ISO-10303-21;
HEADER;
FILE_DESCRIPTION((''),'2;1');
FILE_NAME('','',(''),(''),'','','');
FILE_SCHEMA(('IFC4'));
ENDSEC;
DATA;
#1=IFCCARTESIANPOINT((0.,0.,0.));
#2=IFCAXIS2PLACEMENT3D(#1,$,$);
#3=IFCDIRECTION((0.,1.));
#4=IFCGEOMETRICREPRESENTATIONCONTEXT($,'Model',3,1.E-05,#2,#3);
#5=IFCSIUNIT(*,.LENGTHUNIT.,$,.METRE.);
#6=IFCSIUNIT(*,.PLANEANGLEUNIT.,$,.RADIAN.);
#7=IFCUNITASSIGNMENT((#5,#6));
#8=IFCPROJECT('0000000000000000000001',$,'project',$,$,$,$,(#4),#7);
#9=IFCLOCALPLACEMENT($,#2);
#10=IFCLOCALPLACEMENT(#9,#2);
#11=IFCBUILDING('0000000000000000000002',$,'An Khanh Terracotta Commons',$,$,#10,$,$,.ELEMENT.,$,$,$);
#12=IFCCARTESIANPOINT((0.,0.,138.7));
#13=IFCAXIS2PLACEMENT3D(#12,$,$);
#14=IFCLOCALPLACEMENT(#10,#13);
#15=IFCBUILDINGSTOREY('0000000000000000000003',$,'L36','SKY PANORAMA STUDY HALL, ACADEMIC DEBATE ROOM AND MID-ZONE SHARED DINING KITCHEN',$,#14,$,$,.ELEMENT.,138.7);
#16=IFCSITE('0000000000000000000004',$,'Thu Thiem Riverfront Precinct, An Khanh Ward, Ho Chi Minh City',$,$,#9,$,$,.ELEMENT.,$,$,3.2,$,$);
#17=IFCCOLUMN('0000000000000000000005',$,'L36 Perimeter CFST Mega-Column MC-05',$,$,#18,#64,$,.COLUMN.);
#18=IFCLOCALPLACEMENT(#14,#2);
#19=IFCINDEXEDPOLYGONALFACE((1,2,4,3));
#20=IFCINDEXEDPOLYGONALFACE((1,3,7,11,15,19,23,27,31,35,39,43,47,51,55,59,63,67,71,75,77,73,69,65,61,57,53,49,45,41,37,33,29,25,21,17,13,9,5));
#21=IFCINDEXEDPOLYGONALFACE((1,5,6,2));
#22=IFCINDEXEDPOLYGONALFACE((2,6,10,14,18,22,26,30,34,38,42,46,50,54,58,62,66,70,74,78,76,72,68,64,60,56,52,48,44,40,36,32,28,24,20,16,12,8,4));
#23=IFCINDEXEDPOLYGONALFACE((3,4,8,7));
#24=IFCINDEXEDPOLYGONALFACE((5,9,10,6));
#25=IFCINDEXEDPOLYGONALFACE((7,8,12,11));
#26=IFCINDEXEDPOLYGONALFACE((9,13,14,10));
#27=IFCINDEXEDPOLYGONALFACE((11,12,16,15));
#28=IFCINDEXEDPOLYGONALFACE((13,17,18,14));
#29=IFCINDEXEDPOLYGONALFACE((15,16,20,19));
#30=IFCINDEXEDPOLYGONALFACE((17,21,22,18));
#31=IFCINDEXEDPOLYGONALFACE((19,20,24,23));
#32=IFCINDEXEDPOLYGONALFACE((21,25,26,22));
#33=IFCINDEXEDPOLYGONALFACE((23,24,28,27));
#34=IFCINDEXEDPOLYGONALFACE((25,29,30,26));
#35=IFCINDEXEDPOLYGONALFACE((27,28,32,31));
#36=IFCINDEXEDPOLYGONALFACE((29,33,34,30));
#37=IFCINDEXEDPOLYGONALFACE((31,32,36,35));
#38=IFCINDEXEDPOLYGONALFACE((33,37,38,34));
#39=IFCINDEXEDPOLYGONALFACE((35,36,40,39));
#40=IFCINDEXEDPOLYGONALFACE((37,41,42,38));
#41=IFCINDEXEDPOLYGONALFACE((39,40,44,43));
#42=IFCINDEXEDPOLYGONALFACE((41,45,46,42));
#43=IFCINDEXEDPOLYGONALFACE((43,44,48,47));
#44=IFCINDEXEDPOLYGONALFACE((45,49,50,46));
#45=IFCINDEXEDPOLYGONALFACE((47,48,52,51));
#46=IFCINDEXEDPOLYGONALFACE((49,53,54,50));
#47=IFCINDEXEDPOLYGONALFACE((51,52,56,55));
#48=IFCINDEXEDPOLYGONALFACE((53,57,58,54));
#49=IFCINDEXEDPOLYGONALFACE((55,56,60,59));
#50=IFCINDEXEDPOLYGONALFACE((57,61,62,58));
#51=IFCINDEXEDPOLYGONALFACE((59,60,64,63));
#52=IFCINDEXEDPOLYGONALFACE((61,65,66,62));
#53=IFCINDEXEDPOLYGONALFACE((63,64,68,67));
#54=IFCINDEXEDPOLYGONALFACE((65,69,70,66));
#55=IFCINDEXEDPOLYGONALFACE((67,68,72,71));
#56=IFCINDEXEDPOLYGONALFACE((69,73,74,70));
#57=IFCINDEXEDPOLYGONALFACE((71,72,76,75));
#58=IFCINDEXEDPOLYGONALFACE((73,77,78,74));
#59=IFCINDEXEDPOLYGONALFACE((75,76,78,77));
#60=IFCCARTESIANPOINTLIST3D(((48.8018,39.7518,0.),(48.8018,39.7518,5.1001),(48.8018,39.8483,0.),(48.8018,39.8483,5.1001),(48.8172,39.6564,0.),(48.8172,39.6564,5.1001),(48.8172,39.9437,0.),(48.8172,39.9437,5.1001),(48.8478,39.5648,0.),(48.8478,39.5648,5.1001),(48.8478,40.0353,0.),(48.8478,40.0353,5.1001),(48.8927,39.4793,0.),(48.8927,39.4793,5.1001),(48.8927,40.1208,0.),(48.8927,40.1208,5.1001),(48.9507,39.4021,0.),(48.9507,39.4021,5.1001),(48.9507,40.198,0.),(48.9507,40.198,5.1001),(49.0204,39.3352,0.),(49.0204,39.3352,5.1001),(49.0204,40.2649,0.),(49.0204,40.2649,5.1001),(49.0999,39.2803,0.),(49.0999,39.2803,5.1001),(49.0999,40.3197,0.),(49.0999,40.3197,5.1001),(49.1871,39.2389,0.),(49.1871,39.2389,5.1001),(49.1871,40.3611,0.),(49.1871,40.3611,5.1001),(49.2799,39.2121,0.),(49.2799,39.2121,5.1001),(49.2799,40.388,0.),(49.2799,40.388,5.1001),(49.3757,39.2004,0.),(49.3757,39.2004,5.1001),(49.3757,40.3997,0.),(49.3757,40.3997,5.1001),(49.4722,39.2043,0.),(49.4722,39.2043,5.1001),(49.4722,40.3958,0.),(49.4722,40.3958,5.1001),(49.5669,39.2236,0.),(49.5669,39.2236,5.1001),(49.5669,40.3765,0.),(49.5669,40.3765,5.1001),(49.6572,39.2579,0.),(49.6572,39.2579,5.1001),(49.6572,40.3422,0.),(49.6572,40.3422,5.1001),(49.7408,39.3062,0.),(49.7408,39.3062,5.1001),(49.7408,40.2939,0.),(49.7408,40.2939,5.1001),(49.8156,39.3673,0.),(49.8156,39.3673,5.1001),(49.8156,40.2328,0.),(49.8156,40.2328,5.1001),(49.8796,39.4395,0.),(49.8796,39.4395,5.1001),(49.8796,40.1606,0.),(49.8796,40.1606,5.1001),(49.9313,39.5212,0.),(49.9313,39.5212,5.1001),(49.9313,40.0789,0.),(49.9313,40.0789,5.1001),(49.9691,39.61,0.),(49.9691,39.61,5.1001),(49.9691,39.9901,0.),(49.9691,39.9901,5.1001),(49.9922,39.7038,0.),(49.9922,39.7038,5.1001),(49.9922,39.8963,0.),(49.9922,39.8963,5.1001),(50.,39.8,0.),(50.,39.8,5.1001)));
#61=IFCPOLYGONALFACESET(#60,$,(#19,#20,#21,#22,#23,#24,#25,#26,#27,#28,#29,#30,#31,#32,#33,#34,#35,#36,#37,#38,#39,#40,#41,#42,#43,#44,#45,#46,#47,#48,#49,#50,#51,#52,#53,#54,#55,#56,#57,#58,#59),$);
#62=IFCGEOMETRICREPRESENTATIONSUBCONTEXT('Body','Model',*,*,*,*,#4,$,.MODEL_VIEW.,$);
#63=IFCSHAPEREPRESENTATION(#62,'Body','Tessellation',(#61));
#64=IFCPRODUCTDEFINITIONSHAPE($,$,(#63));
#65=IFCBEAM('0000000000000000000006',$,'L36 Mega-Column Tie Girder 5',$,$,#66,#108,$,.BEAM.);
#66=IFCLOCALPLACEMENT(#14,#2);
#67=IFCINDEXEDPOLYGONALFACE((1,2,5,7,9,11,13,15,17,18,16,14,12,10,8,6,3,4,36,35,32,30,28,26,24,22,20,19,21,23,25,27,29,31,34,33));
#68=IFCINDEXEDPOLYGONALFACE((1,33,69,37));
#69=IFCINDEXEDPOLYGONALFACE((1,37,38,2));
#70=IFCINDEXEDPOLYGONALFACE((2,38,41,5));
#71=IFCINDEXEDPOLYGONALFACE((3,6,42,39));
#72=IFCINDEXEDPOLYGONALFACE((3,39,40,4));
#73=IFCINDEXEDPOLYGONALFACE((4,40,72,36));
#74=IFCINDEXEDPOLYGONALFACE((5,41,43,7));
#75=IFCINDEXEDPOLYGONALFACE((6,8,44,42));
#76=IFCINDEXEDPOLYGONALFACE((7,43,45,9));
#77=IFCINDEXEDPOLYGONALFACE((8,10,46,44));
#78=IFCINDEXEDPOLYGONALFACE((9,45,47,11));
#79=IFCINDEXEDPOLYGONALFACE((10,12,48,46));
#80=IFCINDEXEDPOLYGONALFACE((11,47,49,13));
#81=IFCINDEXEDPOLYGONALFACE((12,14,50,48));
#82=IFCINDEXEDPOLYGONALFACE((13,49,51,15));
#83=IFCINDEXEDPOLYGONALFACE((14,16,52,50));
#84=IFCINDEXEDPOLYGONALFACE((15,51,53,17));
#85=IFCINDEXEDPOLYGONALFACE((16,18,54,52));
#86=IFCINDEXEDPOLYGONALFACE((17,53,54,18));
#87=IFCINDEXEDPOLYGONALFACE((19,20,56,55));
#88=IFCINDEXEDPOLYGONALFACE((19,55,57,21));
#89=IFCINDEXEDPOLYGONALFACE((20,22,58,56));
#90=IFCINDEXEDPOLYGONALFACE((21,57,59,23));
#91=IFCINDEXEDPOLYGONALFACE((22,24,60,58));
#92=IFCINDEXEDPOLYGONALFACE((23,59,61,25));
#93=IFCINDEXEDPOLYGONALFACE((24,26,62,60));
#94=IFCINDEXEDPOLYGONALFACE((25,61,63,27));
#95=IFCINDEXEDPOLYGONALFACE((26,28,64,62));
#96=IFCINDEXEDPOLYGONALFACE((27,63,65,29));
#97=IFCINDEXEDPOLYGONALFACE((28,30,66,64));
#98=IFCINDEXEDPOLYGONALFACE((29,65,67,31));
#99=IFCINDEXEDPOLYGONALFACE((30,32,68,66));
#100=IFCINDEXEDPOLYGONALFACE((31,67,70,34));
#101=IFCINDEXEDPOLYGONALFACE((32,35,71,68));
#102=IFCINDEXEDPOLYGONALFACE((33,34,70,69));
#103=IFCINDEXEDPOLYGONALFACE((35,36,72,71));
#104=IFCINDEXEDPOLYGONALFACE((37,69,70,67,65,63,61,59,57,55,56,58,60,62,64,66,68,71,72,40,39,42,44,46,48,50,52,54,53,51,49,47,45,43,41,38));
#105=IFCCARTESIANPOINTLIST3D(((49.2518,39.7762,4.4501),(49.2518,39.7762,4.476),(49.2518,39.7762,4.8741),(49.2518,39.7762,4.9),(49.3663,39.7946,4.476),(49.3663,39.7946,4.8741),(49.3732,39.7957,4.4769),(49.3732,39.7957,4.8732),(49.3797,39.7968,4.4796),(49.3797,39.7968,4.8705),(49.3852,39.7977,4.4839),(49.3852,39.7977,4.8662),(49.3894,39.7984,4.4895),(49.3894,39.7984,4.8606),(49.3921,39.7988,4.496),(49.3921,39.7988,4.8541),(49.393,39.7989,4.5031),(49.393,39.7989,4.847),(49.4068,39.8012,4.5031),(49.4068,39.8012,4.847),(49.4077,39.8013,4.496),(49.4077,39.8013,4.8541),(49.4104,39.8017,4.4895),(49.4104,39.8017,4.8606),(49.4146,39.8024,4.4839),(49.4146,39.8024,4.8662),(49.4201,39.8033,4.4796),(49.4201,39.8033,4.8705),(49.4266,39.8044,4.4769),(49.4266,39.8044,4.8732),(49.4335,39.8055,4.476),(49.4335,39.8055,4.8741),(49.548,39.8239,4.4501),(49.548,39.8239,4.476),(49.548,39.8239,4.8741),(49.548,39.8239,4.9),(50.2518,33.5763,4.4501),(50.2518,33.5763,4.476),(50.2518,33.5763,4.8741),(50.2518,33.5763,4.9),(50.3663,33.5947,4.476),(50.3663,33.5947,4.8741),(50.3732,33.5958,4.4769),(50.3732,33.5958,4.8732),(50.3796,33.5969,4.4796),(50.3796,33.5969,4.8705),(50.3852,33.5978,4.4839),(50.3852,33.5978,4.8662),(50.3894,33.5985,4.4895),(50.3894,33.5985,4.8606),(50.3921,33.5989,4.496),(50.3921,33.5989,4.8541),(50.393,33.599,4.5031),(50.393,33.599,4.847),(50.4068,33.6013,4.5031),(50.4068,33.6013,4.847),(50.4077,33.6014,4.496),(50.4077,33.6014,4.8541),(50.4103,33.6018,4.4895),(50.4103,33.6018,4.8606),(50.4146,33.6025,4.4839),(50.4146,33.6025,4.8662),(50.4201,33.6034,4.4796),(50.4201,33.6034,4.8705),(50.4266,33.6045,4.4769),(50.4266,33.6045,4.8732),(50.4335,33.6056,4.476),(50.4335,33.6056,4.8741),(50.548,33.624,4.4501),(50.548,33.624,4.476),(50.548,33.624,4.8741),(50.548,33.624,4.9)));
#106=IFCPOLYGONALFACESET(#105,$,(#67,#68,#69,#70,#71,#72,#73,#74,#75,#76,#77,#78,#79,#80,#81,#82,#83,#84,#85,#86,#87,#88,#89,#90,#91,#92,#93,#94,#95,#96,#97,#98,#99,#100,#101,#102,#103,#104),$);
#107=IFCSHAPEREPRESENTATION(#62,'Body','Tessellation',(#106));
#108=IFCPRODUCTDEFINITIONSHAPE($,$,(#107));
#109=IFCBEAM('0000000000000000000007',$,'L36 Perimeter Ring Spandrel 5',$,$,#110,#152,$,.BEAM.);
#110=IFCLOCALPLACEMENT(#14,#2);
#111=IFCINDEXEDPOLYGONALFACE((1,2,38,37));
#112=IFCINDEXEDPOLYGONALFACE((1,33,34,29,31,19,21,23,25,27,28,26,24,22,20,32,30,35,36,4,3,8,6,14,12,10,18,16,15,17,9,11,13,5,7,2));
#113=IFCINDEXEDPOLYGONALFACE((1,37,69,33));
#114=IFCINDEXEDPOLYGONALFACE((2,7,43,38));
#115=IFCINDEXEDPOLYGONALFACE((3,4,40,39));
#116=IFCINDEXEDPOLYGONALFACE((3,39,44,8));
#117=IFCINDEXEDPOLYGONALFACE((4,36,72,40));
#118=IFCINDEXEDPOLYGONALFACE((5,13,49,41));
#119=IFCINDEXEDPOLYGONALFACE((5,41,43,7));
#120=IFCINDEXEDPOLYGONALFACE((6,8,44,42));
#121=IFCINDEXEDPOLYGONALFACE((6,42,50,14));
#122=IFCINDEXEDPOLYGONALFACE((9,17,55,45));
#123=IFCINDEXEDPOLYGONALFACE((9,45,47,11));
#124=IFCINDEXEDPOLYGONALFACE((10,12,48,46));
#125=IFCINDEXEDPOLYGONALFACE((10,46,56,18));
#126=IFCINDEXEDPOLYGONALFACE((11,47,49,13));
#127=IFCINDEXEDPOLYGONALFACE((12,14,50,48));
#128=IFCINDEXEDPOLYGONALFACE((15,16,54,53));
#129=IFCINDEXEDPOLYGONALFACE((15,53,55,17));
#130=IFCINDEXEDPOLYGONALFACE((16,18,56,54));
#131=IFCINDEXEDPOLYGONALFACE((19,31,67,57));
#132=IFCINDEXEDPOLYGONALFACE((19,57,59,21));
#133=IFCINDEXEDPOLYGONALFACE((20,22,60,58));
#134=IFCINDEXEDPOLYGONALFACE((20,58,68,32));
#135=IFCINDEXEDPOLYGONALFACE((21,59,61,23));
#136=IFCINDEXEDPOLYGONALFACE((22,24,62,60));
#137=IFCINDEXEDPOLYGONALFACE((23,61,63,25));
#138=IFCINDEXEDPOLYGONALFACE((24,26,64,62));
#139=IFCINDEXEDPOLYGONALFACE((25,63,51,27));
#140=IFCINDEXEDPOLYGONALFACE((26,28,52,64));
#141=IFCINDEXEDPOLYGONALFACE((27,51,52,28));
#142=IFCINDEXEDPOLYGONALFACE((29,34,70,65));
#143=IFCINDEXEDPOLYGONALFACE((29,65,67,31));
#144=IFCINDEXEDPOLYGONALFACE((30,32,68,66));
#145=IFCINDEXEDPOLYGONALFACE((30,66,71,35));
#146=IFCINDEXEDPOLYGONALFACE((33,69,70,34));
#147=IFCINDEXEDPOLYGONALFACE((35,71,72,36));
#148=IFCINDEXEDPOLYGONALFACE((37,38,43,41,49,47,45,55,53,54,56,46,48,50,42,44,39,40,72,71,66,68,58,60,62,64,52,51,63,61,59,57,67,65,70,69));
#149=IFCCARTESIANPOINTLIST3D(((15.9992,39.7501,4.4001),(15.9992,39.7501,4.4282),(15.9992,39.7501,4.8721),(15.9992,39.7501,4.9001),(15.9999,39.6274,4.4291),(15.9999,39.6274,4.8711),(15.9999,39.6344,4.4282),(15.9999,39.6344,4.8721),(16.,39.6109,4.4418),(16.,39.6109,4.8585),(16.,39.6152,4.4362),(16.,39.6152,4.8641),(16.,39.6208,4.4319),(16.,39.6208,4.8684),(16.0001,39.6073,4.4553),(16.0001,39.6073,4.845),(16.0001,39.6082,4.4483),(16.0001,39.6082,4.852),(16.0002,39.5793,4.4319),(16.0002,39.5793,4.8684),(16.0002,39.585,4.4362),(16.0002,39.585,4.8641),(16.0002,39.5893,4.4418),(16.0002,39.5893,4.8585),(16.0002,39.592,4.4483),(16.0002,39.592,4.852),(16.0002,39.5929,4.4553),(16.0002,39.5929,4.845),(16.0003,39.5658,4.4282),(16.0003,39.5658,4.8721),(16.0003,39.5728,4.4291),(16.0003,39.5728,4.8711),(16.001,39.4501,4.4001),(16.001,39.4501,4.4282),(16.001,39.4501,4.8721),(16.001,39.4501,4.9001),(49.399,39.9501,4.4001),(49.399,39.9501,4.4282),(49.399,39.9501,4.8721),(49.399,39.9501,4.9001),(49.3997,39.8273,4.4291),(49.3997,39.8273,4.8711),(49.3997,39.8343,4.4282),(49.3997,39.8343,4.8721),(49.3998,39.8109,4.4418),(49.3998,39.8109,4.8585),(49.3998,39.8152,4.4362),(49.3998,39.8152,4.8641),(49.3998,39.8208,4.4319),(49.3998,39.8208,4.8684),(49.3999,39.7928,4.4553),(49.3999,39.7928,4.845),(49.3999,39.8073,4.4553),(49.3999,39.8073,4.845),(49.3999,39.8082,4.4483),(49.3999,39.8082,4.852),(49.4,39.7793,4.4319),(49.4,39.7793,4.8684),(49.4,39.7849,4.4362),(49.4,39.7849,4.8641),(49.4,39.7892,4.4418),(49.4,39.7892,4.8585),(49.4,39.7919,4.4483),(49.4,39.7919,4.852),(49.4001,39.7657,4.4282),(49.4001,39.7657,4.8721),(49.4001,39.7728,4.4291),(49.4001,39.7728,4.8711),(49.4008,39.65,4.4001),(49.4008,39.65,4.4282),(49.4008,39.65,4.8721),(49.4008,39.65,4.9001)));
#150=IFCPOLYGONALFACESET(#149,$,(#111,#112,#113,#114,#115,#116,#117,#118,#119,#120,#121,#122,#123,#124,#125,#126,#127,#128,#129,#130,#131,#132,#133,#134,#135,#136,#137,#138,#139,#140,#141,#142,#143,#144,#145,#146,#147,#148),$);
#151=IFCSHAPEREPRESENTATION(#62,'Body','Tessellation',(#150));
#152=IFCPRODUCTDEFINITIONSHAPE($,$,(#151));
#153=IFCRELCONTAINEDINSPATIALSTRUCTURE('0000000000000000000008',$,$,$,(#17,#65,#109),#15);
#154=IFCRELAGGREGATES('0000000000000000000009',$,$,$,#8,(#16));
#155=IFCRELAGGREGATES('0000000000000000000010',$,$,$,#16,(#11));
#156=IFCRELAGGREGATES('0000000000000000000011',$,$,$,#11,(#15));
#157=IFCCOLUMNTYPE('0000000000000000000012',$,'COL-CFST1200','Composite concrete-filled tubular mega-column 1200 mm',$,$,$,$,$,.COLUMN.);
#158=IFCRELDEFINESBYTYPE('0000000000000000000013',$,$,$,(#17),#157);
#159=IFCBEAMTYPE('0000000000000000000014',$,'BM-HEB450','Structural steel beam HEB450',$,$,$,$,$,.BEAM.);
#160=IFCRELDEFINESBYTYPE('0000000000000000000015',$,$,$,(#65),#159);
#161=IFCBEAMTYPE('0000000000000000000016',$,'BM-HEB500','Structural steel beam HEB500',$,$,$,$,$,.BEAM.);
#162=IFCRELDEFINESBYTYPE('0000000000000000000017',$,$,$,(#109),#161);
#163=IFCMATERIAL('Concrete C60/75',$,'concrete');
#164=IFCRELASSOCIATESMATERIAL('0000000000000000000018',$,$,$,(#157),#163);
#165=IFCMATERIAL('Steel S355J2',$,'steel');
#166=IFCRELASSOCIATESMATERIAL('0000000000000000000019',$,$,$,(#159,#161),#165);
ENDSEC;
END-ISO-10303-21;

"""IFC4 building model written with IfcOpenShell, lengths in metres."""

from ifc_helpers import new_model, si_unit, direction, frame, origin, origin_2d, place, context, subcontext, project, spatial, circle, i_section, extrude, material, material_profile, profile_set, type_object, element, save


model = new_model("IFC4")

# Units and contexts
model_context = context("Model", 3, precision=1e-05, world=origin(), true_north=direction((0.0, 1.0)))
body_context = subcontext(model_context, "Body", "Model", "MODEL_VIEW")
ifc_project = project(units=[si_unit("LENGTHUNIT", "METRE"), si_unit("PLANEANGLEUNIT", "RADIAN")], contexts=[model_context])

# Site, building, storey
site_placement = place(None, origin())
site = spatial("IfcSite", under=ifc_project, at=site_placement, Name="Thu Thiem Riverfront Precinct, An Khanh Ward, Ho Chi Minh City", CompositionType="ELEMENT", RefElevation=3.2)
building_placement = place(site_placement, origin())
building = spatial("IfcBuilding", under=site, at=building_placement, Name="An Khanh Terracotta Commons", CompositionType="ELEMENT")
storey_placement = place(building_placement, frame((0.0, 0.0, 138.7)))
storey = spatial("IfcBuildingStorey", under=building, at=storey_placement, Name="L36", Description="SKY PANORAMA STUDY HALL, ACADEMIC DEBATE ROOM AND MID-ZONE SHARED DINING KITCHEN", CompositionType="ELEMENT", Elevation=138.7)

# Column
ifc_material_1 = material(Name="Concrete C60/75", Category="concrete")
ifc_material_profile_1 = material_profile(ifc_material_1, circle(Radius=0.6001, at=origin_2d()), Name="CFST1200")
ifc_profile_set_1 = profile_set([ifc_material_profile_1], Name="Concrete C60/75")
column_type = type_object("IfcColumnType", Name="COL-CFST1200", Description="Composite concrete-filled tubular mega-column 1200 mm", PredefinedType="COLUMN", material=ifc_profile_set_1)
column_placement = place(storey_placement, frame((49.3999, 39.8, 0.0), z_axis=(0.0, 0.0, 1.0), x_axis=(1.0, 0.0, 0.0)))
element("IfcColumn", 1, at=column_placement, inside=storey, type_object=column_type, Name="L36 Perimeter CFST Mega-Column MC-05", PredefinedType="COLUMN", context=body_context, shape_type="SweptSolid", body=[
    extrude(circle(Radius=0.6001, at=origin_2d()), origin(), (0.0, 0.0, 1.0), 5.1001),
])

# Beams
ifc_material_2 = material(Name="Steel S355J2", Category="steel")
ifc_material_profile_2 = material_profile(ifc_material_2, i_section(OverallWidth=0.3, OverallDepth=0.45, WebThickness=0.0139, FlangeThickness=0.0259, FilletRadius=0.0271, at=origin_2d()), Name="HEB450")
ifc_profile_set_2 = profile_set([ifc_material_profile_2], Name="Steel S355J2")
beam_type_1 = type_object("IfcBeamType", Name="BM-HEB450", Description="Structural steel beam HEB450", PredefinedType="BEAM", material=ifc_profile_set_2)
beam_1_placement = place(storey_placement, frame((49.3999, 39.8, 4.675), z_axis=(0.159234, -0.987241, 0.0), x_axis=(0.987241, 0.159234, 0.0)))
element("IfcBeam", 2, at=beam_1_placement, inside=storey, type_object=beam_type_1, Name="L36 Mega-Column Tie Girder 5", PredefinedType="BEAM", context=body_context, shape_type="SweptSolid", body=[
    extrude(i_section(OverallWidth=0.3, OverallDepth=0.45, WebThickness=0.0139, FlangeThickness=0.0259, FilletRadius=0.0271, at=origin_2d()), origin(), (0.0, 0.0, 1.0), 6.28),
])
ifc_material_profile_3 = material_profile(ifc_material_2, i_section(OverallWidth=0.3, OverallDepth=0.5, WebThickness=0.0144, FlangeThickness=0.0281, FilletRadius=0.0271, at=origin_2d()), Name="HEB500")
ifc_profile_set_3 = profile_set([ifc_material_profile_3], Name="Steel S355J2")
beam_type_2 = type_object("IfcBeamType", Name="BM-HEB500", Description="Structural steel beam HEB500", PredefinedType="BEAM", material=ifc_profile_set_3)
beam_2_placement = place(storey_placement, frame((49.3999, 39.8, 4.6501), z_axis=(-0.999982, -0.005986, 0.0), x_axis=(0.005986, -0.999982, 0.0)))
element("IfcBeam", 3, at=beam_2_placement, inside=storey, type_object=beam_type_2, Name="L36 Perimeter Ring Spandrel 5", PredefinedType="BEAM", context=body_context, shape_type="SweptSolid", body=[
    extrude(i_section(OverallWidth=0.3, OverallDepth=0.5, WebThickness=0.0144, FlangeThickness=0.0281, FilletRadius=0.0271, at=origin_2d()), origin(), (0.0, 0.0, 1.0), 33.4004),
])

save(model, "model.ifc")
